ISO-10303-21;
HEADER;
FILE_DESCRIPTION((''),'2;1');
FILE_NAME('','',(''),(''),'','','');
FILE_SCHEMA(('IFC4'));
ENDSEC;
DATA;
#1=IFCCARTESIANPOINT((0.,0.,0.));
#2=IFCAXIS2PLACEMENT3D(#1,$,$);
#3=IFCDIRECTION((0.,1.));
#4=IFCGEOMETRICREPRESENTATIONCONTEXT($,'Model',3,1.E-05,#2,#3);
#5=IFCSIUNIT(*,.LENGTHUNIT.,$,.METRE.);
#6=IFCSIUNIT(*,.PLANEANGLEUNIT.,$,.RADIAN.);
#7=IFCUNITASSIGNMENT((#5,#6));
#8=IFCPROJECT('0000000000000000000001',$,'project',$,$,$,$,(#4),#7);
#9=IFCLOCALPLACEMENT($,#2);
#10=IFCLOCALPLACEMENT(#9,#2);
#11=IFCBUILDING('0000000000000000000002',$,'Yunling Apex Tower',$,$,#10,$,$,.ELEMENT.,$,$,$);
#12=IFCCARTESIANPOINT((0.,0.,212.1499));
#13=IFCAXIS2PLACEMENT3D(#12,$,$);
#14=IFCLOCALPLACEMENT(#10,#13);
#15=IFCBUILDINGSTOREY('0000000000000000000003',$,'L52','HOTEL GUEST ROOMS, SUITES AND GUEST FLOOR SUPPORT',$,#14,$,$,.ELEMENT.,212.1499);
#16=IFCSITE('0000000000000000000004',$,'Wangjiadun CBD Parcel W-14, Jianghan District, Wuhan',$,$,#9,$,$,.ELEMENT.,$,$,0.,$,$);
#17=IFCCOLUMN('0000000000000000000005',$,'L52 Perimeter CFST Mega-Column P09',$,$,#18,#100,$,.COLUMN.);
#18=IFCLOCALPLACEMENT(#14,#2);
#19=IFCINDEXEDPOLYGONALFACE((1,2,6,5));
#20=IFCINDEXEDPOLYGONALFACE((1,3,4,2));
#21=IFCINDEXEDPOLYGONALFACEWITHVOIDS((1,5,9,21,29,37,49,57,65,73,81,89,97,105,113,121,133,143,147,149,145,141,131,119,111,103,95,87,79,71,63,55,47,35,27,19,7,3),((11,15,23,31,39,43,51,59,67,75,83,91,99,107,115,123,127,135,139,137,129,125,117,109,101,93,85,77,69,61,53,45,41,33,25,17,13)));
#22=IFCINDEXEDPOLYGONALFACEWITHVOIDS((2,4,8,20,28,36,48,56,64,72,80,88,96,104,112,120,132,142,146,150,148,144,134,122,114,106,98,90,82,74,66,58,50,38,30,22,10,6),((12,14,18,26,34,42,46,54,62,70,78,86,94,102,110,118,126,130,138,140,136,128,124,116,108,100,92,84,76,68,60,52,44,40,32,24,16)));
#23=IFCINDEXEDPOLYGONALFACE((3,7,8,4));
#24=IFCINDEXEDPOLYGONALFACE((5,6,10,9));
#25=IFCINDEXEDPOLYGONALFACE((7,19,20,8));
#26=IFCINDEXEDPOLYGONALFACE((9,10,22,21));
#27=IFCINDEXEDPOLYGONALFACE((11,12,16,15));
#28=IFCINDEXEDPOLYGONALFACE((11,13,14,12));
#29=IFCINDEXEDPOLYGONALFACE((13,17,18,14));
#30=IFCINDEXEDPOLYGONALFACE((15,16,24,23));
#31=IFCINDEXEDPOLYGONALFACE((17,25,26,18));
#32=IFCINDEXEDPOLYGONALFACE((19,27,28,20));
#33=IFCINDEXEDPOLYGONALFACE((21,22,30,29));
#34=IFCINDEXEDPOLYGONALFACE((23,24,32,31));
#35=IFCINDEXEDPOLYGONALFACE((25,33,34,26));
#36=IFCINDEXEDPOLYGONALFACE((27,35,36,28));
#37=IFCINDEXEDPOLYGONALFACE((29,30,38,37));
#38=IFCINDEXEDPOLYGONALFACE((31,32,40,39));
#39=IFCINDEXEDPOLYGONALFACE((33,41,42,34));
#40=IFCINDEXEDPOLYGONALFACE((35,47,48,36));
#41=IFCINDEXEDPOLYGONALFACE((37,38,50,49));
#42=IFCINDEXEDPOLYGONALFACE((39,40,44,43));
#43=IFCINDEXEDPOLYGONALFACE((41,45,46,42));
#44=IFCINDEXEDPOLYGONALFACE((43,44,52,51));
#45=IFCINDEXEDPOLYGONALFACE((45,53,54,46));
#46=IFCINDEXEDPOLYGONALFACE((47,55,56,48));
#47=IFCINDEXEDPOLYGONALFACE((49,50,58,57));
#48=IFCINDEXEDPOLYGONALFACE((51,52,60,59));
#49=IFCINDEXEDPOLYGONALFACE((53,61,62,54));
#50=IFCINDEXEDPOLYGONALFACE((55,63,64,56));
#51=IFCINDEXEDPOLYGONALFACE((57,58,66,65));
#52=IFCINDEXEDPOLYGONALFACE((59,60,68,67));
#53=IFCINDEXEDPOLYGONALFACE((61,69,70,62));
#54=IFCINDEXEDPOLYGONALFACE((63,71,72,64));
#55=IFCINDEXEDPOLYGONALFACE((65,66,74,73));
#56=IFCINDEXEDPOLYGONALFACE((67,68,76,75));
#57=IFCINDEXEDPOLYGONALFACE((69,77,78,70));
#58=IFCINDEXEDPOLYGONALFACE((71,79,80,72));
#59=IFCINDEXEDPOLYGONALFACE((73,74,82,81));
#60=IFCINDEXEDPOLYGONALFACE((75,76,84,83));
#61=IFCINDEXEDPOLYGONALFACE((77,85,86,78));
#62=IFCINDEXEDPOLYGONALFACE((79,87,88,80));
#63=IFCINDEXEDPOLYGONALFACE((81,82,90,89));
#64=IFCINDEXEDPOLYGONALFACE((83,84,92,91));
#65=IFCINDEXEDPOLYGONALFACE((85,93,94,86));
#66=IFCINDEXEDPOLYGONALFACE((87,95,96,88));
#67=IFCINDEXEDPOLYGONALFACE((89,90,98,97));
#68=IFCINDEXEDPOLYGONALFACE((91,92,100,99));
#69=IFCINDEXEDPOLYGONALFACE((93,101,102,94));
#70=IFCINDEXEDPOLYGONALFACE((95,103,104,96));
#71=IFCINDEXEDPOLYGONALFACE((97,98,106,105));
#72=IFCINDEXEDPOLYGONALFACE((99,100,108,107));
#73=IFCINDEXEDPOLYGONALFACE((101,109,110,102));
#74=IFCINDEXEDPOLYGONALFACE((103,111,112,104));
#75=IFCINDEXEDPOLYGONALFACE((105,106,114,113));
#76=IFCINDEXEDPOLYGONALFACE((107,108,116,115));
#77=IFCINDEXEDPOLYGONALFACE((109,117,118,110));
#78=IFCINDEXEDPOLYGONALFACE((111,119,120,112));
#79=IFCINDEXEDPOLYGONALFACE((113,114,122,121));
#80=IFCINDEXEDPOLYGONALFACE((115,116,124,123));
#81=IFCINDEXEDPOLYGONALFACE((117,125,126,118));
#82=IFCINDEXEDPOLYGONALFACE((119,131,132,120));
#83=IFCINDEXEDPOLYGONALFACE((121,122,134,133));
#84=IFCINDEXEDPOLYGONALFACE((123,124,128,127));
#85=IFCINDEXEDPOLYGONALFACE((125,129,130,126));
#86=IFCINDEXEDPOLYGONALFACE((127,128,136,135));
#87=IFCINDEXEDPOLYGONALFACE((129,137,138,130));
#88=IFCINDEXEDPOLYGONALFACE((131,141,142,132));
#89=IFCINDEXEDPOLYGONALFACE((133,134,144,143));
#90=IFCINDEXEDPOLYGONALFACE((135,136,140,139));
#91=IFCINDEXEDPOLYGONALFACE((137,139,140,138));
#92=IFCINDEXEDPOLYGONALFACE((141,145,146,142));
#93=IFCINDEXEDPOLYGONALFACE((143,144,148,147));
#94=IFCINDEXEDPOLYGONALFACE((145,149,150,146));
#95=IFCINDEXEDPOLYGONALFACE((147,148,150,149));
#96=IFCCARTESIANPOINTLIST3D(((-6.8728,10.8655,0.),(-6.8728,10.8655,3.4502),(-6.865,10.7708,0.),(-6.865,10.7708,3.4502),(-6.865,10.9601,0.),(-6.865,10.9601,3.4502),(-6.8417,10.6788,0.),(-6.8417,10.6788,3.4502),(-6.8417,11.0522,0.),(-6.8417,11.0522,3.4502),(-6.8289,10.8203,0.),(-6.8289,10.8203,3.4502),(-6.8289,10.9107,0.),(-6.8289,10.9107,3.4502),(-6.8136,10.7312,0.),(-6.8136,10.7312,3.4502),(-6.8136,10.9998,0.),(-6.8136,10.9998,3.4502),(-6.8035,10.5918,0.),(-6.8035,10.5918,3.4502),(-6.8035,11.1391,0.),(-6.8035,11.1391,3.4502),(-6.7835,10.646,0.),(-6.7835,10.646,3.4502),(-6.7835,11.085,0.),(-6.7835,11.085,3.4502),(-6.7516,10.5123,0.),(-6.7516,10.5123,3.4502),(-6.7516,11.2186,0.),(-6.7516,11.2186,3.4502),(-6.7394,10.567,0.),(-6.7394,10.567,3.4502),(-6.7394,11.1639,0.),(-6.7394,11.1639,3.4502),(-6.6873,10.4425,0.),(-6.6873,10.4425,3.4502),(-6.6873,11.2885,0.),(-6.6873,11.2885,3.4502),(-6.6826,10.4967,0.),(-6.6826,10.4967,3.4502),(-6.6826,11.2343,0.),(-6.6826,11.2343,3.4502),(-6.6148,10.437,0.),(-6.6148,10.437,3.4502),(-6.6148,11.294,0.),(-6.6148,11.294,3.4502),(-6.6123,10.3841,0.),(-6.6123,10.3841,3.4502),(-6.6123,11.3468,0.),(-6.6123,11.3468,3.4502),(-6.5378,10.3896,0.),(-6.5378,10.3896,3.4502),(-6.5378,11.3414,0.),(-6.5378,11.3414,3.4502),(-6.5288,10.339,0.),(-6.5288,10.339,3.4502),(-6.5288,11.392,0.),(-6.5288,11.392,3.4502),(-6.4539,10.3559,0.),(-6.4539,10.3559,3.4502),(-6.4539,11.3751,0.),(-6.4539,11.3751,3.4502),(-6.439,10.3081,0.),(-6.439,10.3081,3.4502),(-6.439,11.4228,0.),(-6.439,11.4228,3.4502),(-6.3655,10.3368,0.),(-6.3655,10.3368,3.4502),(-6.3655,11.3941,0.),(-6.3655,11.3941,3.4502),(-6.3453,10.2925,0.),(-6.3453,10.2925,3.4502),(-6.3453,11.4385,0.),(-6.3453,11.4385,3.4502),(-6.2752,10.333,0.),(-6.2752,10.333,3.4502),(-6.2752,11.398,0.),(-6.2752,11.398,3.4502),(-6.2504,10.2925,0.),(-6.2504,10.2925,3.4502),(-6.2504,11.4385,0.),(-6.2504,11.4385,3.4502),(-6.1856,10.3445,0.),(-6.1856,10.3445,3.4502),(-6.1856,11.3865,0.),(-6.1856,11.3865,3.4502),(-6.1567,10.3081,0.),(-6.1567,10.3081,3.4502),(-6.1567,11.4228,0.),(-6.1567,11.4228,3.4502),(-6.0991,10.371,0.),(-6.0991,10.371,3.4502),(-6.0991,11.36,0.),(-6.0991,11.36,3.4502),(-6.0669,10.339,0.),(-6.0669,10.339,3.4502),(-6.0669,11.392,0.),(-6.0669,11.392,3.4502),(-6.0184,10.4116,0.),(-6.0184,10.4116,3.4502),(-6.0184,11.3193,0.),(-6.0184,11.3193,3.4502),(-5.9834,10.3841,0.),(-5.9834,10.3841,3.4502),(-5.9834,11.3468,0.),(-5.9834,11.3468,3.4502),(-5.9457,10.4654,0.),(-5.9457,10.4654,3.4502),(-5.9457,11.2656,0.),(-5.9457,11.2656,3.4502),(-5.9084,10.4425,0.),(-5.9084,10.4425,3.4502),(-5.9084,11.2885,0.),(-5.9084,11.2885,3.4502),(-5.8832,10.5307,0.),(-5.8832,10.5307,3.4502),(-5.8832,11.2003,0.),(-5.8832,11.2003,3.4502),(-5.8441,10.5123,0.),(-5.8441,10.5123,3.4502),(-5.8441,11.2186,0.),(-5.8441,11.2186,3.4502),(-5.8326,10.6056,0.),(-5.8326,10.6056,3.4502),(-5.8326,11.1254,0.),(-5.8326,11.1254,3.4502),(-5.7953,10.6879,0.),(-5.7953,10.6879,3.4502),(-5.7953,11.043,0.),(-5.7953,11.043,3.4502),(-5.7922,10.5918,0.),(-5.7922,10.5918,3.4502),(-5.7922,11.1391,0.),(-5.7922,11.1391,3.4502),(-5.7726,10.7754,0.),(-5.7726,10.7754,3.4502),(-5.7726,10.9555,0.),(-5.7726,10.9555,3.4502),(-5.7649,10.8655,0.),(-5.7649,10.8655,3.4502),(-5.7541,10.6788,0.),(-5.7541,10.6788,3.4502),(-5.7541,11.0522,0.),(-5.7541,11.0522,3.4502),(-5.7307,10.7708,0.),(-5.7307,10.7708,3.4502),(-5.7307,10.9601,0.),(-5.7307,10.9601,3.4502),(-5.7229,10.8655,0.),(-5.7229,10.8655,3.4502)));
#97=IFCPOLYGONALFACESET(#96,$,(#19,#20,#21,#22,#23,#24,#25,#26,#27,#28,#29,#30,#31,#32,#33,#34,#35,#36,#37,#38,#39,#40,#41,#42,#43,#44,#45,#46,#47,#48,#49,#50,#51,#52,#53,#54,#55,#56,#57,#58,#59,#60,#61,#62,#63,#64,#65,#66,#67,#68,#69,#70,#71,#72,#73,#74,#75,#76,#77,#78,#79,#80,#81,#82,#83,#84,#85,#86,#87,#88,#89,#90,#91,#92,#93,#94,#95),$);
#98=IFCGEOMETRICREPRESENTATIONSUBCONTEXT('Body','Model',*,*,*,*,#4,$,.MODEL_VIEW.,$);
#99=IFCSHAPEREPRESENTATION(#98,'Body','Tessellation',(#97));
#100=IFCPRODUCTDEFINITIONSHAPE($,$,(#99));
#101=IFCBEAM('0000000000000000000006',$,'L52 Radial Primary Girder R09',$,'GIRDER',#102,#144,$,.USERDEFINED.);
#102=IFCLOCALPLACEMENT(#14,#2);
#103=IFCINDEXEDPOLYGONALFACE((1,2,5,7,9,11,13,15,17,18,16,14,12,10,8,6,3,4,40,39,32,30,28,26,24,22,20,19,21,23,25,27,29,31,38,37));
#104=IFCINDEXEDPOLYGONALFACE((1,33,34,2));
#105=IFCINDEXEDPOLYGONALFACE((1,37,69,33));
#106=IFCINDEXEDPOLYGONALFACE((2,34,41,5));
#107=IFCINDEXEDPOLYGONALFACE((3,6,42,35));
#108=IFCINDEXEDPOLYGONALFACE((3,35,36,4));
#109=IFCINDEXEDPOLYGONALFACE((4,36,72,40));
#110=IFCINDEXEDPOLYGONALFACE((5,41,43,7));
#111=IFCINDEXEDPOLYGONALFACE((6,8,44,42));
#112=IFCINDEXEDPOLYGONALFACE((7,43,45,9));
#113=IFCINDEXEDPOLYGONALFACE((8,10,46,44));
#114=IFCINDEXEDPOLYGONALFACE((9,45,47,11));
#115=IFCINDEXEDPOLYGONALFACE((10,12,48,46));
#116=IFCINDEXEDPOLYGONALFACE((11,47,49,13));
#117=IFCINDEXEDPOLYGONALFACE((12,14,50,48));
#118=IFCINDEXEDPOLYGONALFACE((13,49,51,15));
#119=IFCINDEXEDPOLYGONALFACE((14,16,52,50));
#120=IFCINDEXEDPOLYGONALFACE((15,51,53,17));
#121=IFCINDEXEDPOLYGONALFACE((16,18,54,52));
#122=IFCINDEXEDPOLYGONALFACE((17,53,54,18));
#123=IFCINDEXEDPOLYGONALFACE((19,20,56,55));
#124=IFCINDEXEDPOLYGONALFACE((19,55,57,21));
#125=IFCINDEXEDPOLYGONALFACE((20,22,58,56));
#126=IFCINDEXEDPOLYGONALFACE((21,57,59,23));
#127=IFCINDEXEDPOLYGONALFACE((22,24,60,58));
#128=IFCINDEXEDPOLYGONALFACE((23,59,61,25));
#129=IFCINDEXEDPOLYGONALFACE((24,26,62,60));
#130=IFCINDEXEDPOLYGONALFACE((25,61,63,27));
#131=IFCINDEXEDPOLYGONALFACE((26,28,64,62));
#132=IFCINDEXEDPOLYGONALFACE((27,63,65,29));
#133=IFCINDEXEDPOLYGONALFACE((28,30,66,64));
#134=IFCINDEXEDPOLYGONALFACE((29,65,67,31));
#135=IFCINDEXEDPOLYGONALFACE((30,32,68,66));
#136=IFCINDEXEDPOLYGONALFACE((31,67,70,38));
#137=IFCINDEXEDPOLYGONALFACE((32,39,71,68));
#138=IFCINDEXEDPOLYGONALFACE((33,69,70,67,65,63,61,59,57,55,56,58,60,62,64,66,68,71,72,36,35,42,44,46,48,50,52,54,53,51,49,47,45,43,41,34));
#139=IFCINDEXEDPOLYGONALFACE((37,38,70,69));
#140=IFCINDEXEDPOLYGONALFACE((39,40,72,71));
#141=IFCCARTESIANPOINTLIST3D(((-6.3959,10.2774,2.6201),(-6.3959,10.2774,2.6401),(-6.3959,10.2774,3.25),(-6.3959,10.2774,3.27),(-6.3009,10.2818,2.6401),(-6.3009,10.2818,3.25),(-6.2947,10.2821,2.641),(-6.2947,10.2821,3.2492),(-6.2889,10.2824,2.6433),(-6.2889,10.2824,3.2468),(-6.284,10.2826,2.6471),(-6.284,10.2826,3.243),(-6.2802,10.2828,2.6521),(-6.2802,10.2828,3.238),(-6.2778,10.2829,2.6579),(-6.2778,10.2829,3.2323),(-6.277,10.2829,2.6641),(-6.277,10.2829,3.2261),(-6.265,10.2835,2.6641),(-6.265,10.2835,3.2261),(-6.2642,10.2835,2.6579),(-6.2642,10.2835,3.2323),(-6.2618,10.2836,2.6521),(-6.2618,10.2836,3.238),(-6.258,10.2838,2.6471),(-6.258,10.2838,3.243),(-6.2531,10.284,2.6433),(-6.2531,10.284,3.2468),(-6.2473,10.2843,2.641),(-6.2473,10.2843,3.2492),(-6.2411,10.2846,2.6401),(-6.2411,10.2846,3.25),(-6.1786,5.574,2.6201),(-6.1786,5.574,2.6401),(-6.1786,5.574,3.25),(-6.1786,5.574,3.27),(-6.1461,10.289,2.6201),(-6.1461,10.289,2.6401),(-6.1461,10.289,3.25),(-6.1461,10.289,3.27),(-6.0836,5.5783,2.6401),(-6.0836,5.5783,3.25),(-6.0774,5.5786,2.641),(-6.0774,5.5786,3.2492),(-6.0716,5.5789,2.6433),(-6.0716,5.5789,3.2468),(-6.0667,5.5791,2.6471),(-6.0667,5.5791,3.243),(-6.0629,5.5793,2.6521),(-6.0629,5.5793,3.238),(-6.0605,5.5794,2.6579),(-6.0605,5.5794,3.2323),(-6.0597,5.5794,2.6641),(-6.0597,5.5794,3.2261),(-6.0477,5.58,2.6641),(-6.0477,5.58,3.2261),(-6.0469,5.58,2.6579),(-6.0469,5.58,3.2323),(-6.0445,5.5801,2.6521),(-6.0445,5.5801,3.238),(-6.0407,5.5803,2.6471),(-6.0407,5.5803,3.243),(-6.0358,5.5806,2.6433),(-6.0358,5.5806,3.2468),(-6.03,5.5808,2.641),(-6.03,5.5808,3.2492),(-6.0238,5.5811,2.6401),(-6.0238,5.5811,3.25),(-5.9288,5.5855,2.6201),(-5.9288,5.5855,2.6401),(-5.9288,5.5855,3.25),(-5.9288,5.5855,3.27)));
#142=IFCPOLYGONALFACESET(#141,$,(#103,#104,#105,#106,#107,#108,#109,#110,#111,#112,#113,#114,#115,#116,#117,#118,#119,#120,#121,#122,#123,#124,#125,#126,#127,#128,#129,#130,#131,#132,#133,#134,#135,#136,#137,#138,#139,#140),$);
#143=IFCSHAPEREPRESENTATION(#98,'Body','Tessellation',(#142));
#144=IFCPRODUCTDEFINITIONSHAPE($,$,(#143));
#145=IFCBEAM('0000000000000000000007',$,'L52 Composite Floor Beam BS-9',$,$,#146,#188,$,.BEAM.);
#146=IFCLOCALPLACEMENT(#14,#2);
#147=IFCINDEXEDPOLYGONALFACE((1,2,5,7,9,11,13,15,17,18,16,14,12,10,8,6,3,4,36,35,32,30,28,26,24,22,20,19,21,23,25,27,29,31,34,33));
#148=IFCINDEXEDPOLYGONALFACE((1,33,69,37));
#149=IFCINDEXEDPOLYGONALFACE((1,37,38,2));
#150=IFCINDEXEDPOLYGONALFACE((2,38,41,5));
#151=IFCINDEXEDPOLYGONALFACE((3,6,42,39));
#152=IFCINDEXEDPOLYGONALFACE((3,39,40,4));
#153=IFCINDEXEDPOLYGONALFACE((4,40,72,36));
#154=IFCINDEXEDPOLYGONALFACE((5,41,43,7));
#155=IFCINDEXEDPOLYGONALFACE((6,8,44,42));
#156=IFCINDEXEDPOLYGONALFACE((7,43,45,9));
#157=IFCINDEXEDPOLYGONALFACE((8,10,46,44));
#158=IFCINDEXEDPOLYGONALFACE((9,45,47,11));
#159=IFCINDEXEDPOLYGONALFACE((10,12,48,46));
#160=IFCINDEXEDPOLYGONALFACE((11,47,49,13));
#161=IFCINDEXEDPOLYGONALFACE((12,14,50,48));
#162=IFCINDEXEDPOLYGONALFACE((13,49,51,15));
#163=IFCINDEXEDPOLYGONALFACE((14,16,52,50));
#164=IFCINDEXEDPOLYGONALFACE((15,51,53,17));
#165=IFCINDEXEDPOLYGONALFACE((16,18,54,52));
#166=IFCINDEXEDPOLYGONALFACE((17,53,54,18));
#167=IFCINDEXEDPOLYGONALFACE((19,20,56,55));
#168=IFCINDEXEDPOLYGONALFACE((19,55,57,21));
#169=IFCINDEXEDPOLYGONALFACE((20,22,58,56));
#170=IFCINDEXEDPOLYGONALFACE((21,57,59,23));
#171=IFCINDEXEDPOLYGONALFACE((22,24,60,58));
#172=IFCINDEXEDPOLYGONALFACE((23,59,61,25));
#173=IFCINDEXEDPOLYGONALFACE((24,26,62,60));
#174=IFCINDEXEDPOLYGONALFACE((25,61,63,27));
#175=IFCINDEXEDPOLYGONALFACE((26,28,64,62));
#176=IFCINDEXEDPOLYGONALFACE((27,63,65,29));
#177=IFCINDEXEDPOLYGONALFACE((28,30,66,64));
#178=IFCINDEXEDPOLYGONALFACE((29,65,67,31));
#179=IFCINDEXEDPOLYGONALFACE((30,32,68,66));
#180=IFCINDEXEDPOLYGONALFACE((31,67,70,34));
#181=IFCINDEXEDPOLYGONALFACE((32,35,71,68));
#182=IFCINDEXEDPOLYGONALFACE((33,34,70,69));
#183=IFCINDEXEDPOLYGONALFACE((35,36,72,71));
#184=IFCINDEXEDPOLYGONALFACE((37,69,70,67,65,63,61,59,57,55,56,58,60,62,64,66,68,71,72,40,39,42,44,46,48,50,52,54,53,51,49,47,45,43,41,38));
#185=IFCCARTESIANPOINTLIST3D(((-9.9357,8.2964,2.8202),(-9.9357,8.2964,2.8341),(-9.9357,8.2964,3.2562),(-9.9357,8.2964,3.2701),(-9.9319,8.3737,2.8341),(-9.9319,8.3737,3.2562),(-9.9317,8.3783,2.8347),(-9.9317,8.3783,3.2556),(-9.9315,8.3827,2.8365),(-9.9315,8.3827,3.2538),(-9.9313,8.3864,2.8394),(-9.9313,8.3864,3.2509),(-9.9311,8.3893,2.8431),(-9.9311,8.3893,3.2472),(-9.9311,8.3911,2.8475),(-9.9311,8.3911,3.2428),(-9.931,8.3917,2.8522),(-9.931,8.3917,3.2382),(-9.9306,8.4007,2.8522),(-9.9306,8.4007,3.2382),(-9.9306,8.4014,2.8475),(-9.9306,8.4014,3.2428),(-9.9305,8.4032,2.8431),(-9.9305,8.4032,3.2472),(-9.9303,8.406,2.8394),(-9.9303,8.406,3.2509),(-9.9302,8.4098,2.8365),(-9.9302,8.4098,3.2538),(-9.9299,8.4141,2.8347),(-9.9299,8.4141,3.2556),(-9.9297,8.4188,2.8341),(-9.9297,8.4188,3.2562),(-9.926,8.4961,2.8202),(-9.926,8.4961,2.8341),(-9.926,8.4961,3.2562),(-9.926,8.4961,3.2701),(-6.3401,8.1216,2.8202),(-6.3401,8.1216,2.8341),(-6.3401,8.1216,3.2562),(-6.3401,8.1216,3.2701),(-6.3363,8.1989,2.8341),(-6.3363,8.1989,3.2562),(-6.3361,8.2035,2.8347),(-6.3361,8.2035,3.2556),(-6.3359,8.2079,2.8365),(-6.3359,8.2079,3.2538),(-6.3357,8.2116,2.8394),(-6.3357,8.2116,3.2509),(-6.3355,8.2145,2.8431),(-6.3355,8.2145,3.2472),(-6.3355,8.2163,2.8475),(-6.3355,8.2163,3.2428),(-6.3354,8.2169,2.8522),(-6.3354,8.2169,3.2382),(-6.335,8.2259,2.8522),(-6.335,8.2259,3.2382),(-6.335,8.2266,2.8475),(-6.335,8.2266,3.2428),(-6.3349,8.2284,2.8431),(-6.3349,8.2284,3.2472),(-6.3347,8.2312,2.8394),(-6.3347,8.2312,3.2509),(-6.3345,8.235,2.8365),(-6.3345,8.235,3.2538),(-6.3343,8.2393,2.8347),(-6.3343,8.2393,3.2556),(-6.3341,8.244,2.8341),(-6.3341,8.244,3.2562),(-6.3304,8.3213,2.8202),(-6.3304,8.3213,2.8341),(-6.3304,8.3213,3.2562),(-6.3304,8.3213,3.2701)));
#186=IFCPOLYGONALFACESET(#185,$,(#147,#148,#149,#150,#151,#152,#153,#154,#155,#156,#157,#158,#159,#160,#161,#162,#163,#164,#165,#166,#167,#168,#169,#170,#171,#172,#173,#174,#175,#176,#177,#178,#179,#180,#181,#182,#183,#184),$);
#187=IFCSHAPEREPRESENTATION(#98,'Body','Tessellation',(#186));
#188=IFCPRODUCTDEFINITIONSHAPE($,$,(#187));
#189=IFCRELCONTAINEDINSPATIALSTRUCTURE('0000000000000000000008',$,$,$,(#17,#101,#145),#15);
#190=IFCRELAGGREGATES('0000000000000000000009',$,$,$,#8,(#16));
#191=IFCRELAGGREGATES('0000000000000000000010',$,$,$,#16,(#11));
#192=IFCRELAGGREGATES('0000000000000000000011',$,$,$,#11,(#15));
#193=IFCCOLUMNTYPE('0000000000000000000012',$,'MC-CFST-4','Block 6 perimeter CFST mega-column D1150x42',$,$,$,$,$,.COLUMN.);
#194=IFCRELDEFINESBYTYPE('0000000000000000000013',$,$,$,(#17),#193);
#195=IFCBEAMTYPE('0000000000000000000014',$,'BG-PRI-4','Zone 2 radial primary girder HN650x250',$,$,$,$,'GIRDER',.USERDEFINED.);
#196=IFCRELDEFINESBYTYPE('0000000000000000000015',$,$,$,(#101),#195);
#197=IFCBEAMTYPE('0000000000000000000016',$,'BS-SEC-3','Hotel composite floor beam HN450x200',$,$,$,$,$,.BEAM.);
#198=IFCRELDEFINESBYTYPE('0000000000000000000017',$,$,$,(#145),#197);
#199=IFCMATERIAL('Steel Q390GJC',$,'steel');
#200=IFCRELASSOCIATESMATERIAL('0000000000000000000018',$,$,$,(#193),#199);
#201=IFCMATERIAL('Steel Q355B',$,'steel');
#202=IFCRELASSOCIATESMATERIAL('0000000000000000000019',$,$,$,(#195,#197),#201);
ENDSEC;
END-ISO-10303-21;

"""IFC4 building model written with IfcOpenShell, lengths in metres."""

from ifc_helpers import new_model, si_unit, direction, frame, origin, origin_2d, place, context, subcontext, project, spatial, hollow_circle, i_section, extrude, source, transform, mapped, material, material_profile, profile_set, type_object, element, save


model = new_model("IFC4")

# Units and contexts
model_context = context("Model", 3, precision=1e-05, world=origin(), true_north=direction((0.0, 1.0)))
body_context = subcontext(model_context, "Body", "Model", "MODEL_VIEW")
ifc_project = project(units=[si_unit("LENGTHUNIT", "METRE"), si_unit("PLANEANGLEUNIT", "RADIAN")], contexts=[model_context])

# Site, building, storey
site_placement = place(None, origin())
site = spatial("IfcSite", under=ifc_project, at=site_placement, Name="Wangjiadun CBD Parcel W-14, Jianghan District, Wuhan", CompositionType="ELEMENT", RefElevation=0.0)
building_placement = place(site_placement, origin())
building = spatial("IfcBuilding", under=site, at=building_placement, Name="Yunling Apex Tower", CompositionType="ELEMENT")
storey_placement = place(building_placement, frame((0.0, 0.0, 212.1499)))
storey = spatial("IfcBuildingStorey", under=building, at=storey_placement, Name="L52", Description="HOTEL GUEST ROOMS, SUITES AND GUEST FLOOR SUPPORT", CompositionType="ELEMENT", Elevation=212.1499)

# Column
ifc_material_1 = material(Name="Steel Q390GJC", Category="steel")
ifc_material_profile_1 = material_profile(ifc_material_1, hollow_circle(Radius=0.575, WallThickness=0.042, at=origin_2d()))
ifc_profile_set_1 = profile_set([ifc_material_profile_1], Name="Steel Q390GJC")
column_type = type_object("IfcColumnType", Name="MC-CFST-4", Description="Block 6 perimeter CFST mega-column D1150x42", PredefinedType="COLUMN", material=ifc_profile_set_1)
shared_shape_1 = source(origin(), body_context, "Body", "SweptSolid", [
    extrude(hollow_circle(Radius=0.575, WallThickness=0.042, at=origin_2d()), origin(), (0.0, 0.0, 1.0), 3.4502),
])
column_placement = place(storey_placement, frame((-6.2979, 10.8655, 0.0), z_axis=(0.0, 0.0, 1.0), x_axis=(1.0, 0.0, 0.0)))
element("IfcColumn", 1, at=column_placement, inside=storey, type_object=column_type, Name="L52 Perimeter CFST Mega-Column P09", PredefinedType="COLUMN", context=body_context, shape_type="MappedRepresentation", body=[
    mapped(shared_shape_1, transform((0.0, 0.0, 0.0), scale=1.0)),
])

# Beams
ifc_material_2 = material(Name="Steel Q355B", Category="steel")
ifc_material_profile_2 = material_profile(ifc_material_2, i_section(OverallWidth=0.25, OverallDepth=0.6499, WebThickness=0.012, FlangeThickness=0.02, FilletRadius=0.0239, at=origin_2d()))
ifc_profile_set_2 = profile_set([ifc_material_profile_2], Name="Steel Q355B")
beam_type_1 = type_object("IfcBeamType", Name="BG-PRI-4", Description="Zone 2 radial primary girder HN650x250", ElementType="GIRDER", PredefinedType="USERDEFINED", material=ifc_profile_set_2)
shared_shape_2 = source(origin(), body_context, "Body", "SweptSolid", [
    extrude(i_section(OverallWidth=0.25, OverallDepth=0.6499, WebThickness=0.012, FlangeThickness=0.02, FilletRadius=0.0239, at=origin_2d()), origin(), (0.0, 0.0, 1.0), 4.7085),
])
beam_1_placement = place(storey_placement, frame((-6.271, 10.2832, 2.9451), z_axis=(0.046149, -0.998935, 0.0), x_axis=(0.998935, 0.046149, 0.0)))
element("IfcBeam", 2, at=beam_1_placement, inside=storey, type_object=beam_type_1, Name="L52 Radial Primary Girder R09", ObjectType="GIRDER", PredefinedType="USERDEFINED", context=body_context, shape_type="MappedRepresentation", body=[
    mapped(shared_shape_2, transform((0.0, 0.0, 0.0), scale=1.0)),
])
ifc_material_profile_3 = material_profile(ifc_material_2, i_section(OverallWidth=0.2, OverallDepth=0.45, WebThickness=0.009, FlangeThickness=0.0139, FilletRadius=0.0181, at=origin_2d()))
ifc_profile_set_3 = profile_set([ifc_material_profile_3], Name="Steel Q355B")
beam_type_2 = type_object("IfcBeamType", Name="BS-SEC-3", Description="Hotel composite floor beam HN450x200", PredefinedType="BEAM", material=ifc_profile_set_3)
shared_shape_3 = source(origin(), body_context, "Body", "SweptSolid", [
    extrude(i_section(OverallWidth=0.2, OverallDepth=0.45, WebThickness=0.009, FlangeThickness=0.0139, FilletRadius=0.0181, at=origin_2d()), origin(), (0.0, 0.0, 1.0), 3.5999),
])
beam_2_placement = place(storey_placement, frame((-6.3352, 8.2214, 3.0452), z_axis=(-0.99882, 0.048558, 0.0), x_axis=(-0.048558, -0.99882, 0.0)))
element("IfcBeam", 3, at=beam_2_placement, inside=storey, type_object=beam_type_2, Name="L52 Composite Floor Beam BS-9", PredefinedType="BEAM", context=body_context, shape_type="MappedRepresentation", body=[
    mapped(shared_shape_3, transform((0.0, 0.0, 0.0), scale=1.0)),
])

save(model, "model.ifc")
